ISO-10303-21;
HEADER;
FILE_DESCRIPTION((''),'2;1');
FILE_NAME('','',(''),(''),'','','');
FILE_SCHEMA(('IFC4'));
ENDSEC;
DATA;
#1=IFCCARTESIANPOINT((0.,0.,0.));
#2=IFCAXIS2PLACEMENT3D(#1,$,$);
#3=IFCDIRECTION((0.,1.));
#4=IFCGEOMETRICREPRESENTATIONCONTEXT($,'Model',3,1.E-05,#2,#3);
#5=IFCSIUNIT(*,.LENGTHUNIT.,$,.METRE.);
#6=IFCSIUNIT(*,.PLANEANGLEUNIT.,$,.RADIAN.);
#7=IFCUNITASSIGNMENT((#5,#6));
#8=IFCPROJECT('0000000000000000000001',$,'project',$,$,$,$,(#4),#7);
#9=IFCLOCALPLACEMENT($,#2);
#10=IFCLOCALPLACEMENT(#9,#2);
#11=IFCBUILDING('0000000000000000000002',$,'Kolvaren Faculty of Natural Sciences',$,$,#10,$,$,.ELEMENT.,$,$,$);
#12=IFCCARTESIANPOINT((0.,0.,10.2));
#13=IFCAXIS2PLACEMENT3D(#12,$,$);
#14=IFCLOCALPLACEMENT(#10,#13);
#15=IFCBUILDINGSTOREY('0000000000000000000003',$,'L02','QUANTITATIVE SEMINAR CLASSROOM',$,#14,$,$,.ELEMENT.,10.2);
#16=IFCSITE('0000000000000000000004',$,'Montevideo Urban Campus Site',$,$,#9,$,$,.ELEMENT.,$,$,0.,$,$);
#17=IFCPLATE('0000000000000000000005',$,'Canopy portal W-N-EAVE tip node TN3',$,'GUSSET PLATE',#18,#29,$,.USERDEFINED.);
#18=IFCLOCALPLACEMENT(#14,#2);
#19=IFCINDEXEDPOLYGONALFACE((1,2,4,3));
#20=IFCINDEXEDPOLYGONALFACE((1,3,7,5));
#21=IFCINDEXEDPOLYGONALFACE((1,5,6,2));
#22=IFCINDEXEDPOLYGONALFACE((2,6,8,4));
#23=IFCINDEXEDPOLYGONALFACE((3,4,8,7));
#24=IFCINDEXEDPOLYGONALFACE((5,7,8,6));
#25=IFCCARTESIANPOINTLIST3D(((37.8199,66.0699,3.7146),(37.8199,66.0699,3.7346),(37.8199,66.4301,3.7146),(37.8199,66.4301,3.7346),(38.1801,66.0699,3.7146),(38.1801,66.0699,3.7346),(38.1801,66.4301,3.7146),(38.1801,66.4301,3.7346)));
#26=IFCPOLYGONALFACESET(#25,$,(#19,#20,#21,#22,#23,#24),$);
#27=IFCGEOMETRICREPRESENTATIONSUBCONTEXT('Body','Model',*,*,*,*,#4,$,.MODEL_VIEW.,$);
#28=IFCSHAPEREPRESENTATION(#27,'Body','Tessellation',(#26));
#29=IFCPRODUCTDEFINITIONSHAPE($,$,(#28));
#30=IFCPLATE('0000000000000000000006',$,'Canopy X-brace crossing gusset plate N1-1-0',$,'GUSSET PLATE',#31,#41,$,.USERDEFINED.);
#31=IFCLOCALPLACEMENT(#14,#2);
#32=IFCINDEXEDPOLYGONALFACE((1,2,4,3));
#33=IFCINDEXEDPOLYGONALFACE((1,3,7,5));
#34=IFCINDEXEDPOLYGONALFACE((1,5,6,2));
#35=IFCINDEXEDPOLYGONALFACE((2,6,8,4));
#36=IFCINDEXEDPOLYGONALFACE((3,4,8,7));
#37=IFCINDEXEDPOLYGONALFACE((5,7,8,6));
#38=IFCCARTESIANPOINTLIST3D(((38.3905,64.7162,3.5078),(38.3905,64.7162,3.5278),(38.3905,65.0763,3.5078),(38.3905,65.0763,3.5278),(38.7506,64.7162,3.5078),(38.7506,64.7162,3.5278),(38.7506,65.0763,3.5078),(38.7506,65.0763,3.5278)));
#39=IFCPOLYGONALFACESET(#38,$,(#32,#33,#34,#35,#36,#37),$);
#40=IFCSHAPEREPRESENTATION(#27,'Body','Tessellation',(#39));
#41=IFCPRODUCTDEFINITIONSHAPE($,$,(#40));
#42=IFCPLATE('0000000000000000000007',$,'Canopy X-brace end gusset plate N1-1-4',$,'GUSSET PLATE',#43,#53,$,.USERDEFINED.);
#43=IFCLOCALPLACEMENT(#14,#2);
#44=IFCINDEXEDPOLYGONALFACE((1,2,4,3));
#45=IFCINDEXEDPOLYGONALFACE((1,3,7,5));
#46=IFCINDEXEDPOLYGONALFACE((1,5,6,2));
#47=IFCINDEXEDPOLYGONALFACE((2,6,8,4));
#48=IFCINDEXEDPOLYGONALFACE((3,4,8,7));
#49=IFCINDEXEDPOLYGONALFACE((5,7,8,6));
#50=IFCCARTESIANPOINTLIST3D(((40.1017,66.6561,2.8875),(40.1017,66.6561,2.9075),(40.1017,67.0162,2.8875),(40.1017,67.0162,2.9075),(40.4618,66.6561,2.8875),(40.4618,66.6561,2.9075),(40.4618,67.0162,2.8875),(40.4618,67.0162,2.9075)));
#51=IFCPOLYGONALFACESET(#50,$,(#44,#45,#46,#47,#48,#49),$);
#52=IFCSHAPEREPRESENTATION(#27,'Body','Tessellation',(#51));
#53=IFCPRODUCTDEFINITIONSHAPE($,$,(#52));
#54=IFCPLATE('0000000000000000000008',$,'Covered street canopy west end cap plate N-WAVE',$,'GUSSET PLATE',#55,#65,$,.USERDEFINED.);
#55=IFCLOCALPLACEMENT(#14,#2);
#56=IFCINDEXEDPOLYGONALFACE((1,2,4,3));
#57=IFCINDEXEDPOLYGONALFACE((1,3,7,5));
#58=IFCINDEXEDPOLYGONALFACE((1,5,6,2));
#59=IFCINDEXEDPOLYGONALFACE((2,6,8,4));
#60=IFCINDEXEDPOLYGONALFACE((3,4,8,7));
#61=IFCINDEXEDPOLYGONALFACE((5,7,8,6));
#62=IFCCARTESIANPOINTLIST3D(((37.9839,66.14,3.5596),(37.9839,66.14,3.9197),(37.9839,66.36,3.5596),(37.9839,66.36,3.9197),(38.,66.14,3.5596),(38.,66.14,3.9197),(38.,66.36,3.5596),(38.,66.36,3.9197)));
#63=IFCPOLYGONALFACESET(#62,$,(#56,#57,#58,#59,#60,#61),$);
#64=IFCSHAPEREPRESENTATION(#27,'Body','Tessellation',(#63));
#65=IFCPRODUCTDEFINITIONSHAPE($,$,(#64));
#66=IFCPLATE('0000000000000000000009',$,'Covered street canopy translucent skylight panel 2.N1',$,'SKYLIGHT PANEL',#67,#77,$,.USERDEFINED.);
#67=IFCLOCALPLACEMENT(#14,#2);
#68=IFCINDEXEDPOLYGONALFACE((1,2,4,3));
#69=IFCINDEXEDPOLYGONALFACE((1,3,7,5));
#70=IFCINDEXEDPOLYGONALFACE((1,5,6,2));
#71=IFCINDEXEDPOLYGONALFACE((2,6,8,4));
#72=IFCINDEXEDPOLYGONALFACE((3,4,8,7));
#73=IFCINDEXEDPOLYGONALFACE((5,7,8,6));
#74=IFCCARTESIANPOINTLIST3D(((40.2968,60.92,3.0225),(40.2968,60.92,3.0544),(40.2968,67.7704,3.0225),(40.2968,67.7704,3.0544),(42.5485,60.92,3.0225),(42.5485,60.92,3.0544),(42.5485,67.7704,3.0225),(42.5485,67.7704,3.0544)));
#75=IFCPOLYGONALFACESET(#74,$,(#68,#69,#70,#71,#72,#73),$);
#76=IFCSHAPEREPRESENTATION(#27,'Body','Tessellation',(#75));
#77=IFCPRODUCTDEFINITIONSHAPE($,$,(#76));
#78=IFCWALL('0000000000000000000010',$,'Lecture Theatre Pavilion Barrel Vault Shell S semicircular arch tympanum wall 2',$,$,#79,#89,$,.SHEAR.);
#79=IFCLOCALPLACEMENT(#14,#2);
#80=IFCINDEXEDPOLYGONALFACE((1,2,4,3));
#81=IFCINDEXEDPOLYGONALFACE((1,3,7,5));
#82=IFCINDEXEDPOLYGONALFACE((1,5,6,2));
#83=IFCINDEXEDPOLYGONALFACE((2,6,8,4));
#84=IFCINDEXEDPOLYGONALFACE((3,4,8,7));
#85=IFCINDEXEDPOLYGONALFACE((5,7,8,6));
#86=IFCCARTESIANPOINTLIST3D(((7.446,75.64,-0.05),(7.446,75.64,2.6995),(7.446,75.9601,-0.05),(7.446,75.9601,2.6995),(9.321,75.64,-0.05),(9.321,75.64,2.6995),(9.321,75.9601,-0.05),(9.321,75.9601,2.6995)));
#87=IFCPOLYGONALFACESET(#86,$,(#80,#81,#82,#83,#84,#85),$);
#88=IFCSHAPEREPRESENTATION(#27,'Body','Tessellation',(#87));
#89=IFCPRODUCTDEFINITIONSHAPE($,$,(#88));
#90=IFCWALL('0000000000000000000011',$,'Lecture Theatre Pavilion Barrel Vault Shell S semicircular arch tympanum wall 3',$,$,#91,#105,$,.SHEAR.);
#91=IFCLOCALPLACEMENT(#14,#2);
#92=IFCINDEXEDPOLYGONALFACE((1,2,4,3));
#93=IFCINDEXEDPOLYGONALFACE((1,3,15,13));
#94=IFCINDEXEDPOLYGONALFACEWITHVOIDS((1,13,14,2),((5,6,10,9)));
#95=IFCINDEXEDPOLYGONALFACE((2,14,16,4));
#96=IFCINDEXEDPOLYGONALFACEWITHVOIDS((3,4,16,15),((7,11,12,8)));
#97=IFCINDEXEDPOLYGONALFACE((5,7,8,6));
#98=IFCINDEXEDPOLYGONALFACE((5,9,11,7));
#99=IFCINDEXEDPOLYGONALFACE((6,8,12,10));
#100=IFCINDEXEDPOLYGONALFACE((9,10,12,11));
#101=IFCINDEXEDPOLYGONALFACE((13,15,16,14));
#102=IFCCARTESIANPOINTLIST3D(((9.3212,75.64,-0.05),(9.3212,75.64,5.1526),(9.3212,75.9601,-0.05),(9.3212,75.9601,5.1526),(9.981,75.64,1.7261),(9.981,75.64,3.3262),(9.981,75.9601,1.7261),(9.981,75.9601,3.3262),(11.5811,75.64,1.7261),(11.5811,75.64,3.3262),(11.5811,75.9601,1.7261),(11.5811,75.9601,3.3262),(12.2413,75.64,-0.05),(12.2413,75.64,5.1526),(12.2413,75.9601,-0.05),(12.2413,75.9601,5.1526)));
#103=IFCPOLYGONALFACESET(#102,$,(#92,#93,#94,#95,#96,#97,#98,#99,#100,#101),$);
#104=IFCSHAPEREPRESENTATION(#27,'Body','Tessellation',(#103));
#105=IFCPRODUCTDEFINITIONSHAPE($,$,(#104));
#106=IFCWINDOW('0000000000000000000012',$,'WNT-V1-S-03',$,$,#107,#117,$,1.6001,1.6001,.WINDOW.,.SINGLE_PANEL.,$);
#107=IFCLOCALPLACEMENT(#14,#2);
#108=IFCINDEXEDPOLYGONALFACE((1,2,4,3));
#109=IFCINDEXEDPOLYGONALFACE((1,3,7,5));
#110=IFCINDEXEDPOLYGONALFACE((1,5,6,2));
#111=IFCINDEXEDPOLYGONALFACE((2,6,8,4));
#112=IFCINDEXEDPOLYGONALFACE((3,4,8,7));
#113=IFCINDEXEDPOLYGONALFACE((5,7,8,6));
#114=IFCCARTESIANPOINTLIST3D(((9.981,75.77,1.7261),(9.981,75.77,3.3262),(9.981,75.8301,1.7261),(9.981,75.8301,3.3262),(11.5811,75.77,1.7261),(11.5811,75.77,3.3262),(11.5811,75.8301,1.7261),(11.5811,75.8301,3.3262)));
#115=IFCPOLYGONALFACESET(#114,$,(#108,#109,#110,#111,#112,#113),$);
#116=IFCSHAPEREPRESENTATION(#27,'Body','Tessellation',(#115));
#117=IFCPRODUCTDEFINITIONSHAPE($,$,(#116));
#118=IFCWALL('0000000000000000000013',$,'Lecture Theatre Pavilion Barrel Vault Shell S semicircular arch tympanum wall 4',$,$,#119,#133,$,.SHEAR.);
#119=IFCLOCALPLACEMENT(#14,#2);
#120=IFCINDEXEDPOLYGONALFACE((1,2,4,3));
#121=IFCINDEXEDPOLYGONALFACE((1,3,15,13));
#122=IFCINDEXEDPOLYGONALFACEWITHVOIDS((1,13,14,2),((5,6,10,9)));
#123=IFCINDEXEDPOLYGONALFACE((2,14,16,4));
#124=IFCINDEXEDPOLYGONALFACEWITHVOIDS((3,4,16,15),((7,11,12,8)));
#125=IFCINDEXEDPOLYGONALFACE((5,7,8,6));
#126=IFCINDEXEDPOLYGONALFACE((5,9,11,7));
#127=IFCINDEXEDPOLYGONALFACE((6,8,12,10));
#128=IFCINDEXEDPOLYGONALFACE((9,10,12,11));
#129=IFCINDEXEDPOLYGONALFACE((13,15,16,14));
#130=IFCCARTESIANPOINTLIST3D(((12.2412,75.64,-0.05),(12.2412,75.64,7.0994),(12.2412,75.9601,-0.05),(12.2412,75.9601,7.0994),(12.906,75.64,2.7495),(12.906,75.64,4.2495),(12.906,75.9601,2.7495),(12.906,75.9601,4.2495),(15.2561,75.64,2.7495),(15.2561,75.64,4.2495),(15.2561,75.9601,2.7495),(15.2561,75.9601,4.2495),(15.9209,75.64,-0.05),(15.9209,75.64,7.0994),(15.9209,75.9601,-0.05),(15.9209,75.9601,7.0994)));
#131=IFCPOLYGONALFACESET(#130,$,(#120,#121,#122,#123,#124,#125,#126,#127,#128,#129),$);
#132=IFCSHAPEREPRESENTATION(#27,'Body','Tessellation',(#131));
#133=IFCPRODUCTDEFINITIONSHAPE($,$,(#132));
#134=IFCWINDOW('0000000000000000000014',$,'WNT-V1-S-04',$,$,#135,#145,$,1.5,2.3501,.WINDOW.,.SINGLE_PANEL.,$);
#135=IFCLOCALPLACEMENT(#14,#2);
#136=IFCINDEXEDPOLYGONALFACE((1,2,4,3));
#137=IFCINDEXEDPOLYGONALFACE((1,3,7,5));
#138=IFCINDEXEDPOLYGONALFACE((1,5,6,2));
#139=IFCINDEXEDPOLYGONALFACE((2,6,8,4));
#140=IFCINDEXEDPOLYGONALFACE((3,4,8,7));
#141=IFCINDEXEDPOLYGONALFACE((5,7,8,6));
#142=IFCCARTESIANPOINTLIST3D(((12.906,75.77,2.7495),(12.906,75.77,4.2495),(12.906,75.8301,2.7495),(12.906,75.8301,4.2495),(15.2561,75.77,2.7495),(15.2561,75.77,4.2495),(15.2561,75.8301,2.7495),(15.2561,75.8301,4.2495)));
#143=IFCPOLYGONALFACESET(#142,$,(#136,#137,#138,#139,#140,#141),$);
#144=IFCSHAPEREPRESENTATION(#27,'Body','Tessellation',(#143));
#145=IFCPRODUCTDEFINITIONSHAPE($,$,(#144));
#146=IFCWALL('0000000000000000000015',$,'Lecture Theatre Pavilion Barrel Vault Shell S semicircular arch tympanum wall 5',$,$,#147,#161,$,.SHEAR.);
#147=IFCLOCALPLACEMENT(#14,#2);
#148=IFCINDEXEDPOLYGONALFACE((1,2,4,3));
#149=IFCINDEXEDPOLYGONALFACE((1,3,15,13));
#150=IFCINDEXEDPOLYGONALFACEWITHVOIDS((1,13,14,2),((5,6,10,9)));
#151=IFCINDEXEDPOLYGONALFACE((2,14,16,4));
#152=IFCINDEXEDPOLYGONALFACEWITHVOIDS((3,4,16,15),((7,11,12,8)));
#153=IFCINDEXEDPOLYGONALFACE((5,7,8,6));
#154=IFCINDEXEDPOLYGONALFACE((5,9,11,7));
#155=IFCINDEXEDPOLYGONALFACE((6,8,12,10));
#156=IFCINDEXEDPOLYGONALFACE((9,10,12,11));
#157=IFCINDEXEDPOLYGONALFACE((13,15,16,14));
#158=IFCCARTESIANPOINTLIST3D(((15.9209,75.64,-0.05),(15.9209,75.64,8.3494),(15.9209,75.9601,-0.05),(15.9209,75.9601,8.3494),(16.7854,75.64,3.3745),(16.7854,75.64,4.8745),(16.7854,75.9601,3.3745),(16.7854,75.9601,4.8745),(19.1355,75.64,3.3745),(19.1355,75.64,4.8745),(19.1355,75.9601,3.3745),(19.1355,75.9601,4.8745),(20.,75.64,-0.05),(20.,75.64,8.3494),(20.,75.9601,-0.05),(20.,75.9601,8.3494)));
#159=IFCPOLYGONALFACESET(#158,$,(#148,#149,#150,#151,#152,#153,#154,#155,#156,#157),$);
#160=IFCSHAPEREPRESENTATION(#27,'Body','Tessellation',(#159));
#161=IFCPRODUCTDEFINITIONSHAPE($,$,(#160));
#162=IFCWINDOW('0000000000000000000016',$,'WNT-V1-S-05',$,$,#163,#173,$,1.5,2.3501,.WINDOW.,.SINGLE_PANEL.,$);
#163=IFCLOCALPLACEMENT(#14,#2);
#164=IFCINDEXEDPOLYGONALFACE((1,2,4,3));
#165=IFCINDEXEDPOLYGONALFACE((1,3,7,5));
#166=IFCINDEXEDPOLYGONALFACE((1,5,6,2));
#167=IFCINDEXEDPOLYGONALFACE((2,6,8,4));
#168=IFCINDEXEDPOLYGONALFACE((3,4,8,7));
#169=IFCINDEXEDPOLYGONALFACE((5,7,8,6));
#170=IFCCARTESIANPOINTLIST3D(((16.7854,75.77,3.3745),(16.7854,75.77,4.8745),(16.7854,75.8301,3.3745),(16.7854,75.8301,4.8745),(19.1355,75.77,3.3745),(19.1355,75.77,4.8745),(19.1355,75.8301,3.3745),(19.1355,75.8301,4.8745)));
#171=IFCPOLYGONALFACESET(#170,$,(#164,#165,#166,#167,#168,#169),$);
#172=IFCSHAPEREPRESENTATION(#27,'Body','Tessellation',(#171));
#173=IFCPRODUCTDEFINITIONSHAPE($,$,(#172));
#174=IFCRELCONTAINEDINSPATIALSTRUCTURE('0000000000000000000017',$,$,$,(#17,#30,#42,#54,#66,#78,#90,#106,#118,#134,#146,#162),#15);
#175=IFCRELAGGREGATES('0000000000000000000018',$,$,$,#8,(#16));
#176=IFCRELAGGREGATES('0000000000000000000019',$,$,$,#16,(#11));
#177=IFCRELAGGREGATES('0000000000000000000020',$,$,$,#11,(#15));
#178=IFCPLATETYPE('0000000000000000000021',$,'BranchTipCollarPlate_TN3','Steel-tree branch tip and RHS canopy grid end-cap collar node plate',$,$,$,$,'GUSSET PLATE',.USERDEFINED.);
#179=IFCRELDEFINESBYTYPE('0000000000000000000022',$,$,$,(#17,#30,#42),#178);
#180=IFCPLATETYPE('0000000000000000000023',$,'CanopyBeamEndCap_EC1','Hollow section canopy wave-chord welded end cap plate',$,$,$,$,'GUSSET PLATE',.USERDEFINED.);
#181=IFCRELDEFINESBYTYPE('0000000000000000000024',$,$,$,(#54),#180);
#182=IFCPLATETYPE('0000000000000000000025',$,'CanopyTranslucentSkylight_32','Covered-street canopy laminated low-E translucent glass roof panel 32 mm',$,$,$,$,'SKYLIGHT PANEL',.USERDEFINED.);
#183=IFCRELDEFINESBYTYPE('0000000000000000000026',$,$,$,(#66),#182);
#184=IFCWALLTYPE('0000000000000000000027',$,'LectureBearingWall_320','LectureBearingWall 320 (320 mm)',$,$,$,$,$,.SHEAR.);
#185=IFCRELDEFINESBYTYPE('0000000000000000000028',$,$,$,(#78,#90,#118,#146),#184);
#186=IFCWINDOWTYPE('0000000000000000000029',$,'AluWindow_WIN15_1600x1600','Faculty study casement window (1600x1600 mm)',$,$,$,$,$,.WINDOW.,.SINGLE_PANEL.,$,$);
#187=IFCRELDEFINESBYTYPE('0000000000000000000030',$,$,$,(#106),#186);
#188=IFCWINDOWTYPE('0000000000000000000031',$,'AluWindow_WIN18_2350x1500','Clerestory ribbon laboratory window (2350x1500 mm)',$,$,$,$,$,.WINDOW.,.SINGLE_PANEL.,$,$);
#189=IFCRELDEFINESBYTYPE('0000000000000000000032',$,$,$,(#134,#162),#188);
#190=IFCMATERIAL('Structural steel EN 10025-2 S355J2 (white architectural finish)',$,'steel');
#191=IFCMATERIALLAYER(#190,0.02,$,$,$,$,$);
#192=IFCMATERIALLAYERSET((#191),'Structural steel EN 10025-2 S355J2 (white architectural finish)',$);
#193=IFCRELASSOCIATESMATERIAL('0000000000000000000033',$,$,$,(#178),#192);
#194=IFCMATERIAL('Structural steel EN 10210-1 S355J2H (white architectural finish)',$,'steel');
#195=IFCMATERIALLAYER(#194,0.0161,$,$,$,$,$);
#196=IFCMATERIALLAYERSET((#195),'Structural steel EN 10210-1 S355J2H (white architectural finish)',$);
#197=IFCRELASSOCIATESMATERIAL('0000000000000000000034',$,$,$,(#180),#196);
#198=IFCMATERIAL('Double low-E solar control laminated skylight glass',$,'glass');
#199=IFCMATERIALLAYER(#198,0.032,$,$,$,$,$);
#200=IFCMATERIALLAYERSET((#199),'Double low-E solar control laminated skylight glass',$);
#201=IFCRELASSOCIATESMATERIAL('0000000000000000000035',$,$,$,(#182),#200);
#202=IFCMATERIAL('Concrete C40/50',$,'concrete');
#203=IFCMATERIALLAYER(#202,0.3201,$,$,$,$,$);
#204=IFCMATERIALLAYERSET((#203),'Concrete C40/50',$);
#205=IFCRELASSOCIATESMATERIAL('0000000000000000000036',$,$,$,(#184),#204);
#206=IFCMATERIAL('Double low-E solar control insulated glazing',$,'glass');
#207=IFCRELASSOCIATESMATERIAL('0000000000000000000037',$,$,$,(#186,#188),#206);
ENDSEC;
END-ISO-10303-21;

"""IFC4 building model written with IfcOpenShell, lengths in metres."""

from ifc_helpers import new_model, si_unit, direction, frame, frame_2d, origin, origin_2d, place, context, subcontext, project, spatial, rectangle, extrude, material, layer, layer_set, type_object, element, fill, save


model = new_model("IFC4")

# Units and contexts
model_context = context("Model", 3, precision=1e-05, world=origin(), true_north=direction((0.0, 1.0)))
body_context = subcontext(model_context, "Body", "Model", "MODEL_VIEW")
ifc_project = project(units=[si_unit("LENGTHUNIT", "METRE"), si_unit("PLANEANGLEUNIT", "RADIAN")], contexts=[model_context])

# Site, building, storey
site_placement = place(None, origin())
site = spatial("IfcSite", under=ifc_project, at=site_placement, Name="Montevideo Urban Campus Site", CompositionType="ELEMENT", RefElevation=0.0)
building_placement = place(site_placement, origin())
building = spatial("IfcBuilding", under=site, at=building_placement, Name="Kolvaren Faculty of Natural Sciences", CompositionType="ELEMENT")
storey_placement = place(building_placement, frame((0.0, 0.0, 10.2)))
storey = spatial("IfcBuildingStorey", under=building, at=storey_placement, Name="L02", Description="QUANTITATIVE SEMINAR CLASSROOM", CompositionType="ELEMENT", Elevation=10.2)

# Shared definitions
ifc_material_1 = material(Name="Structural steel EN 10210-1 S355J2H (white architectural finish)", Category="steel")

# Shared definitions
ifc_material_2 = material(Name="Concrete C40/50", Category="concrete")

# Plates
ifc_material_3 = material(Name="Structural steel EN 10025-2 S355J2 (white architectural finish)", Category="steel")
ifc_layer_1 = layer(ifc_material_3, 0.02)
ifc_layer_set_1 = layer_set([ifc_layer_1], Name="Structural steel EN 10025-2 S355J2 (white architectural finish)")
plate_type_1 = type_object("IfcPlateType", Name="BranchTipCollarPlate_TN3", Description="Steel-tree branch tip and RHS canopy grid end-cap collar node plate", ElementType="GUSSET PLATE", PredefinedType="USERDEFINED", material=ifc_layer_set_1)
for number, where, z_axis, x_axis, name in (
    (1, (38.0, 66.25, 3.7146), (0.0, 0.0, 1.0), (1.0, 0.0, 0.0), "Canopy portal W-N-EAVE tip node TN3"),
    (2, (38.5706, 64.8962, 3.5078), (0.0, 0.0, 1.0), (1.0, 0.0, 0.0), "Canopy X-brace crossing gusset plate N1-1-0"),
    (3, (40.2817, 66.8362, 2.8875), (0.0, 0.0, 1.0), (1.0, 0.0, 0.0), "Canopy X-brace end gusset plate N1-1-4"),
):
    element("IfcPlate", number, at=place(storey_placement, frame(where, z_axis=z_axis, x_axis=x_axis)), inside=storey, type_object=plate_type_1, Name=name, ObjectType="GUSSET PLATE", PredefinedType="USERDEFINED", context=body_context, shape_type="SweptSolid", body=[
        extrude(rectangle(XDim=0.3601, YDim=0.3601, at=origin_2d()), origin(), (0.0, 0.0, 1.0), 0.02),
    ])
ifc_layer_2 = layer(ifc_material_1, 0.0161)
ifc_layer_set_2 = layer_set([ifc_layer_2], Name="Structural steel EN 10210-1 S355J2H (white architectural finish)")
plate_type_2 = type_object("IfcPlateType", Name="CanopyBeamEndCap_EC1", Description="Hollow section canopy wave-chord welded end cap plate", ElementType="GUSSET PLATE", PredefinedType="USERDEFINED", material=ifc_layer_set_2)
plate_1_placement = place(storey_placement, frame((37.9919, 66.25, 3.5596), z_axis=(0.0, 0.0, 1.0), x_axis=(1.0, 0.0, 0.0)))
element("IfcPlate", 4, at=plate_1_placement, inside=storey, type_object=plate_type_2, Name="Covered street canopy west end cap plate N-WAVE", ObjectType="GUSSET PLATE", PredefinedType="USERDEFINED", context=body_context, shape_type="SweptSolid", body=[
    extrude(rectangle(XDim=0.0161, YDim=0.22, at=origin_2d()), origin(), (0.0, 0.0, 1.0), 0.3601),
])
ifc_material_4 = material(Name="Double low-E solar control laminated skylight glass", Category="glass")
ifc_layer_3 = layer(ifc_material_4, 0.032)
ifc_layer_set_3 = layer_set([ifc_layer_3], Name="Double low-E solar control laminated skylight glass")
plate_type_3 = type_object("IfcPlateType", Name="CanopyTranslucentSkylight_32", Description="Covered-street canopy laminated low-E translucent glass roof panel 32 mm", ElementType="SKYLIGHT PANEL", PredefinedType="USERDEFINED", material=ifc_layer_set_3)
plate_2_placement = place(storey_placement, frame((41.4226, 64.3452, 3.0225), z_axis=(0.0, 0.0, 1.0), x_axis=(1.0, 0.0, 0.0)))
element("IfcPlate", 5, at=plate_2_placement, inside=storey, type_object=plate_type_3, Name="Covered street canopy translucent skylight panel 2.N1", ObjectType="SKYLIGHT PANEL", PredefinedType="USERDEFINED", context=body_context, shape_type="SweptSolid", body=[
    extrude(rectangle(XDim=2.2517, YDim=6.8503, at=origin_2d()), origin(), (0.0, 0.0, 1.0), 0.032),
])

# Wall
ifc_layer_4 = layer(ifc_material_2, 0.3201)
ifc_layer_set_4 = layer_set([ifc_layer_4], Name="Concrete C40/50")
wall_type_1 = type_object("IfcWallType", Name="LectureBearingWall_320", Description="LectureBearingWall 320 (320 mm)", PredefinedType="SHEAR", material=ifc_layer_set_4)
wall_1_placement = place(storey_placement, frame((9.321, 75.8, -0.05), z_axis=(0.0, 0.0, 1.0), x_axis=(-1.0, 0.0, 0.0)))
element("IfcWall", 6, at=wall_1_placement, inside=storey, type_object=wall_type_1, Name="Lecture Theatre Pavilion Barrel Vault Shell S semicircular arch tympanum wall 2", PredefinedType="SHEAR", context=body_context, shape_type="SweptSolid", body=[
    extrude(rectangle(XDim=1.875, YDim=0.3201, at=frame_2d((0.9375, 0.0))), origin(), (0.0, 0.0, 1.0), 2.7495),
])

# Walls, openings, windows
wall_2_placement = place(storey_placement, frame((12.2412, 75.8, -0.05), z_axis=(0.0, 0.0, 1.0), x_axis=(-1.0, 0.0, 0.0)))
wall_2 = element("IfcWall", 7, at=wall_2_placement, inside=storey, type_object=wall_type_1, Name="Lecture Theatre Pavilion Barrel Vault Shell S semicircular arch tympanum wall 3", PredefinedType="SHEAR", context=body_context, shape_type="SweptSolid", body=[
    extrude(rectangle(XDim=2.9202, YDim=0.3201, at=frame_2d((1.46, 0.0))), origin(), (0.0, 0.0, 1.0), 5.2026),
])
opening_1_placement = place(wall_2_placement, frame((0.6602, 0.0, 1.7761)))
opening_1 = element("IfcOpeningElement", 8, at=opening_1_placement, cuts=wall_2, PredefinedType="OPENING", context=body_context, shape_type="SweptSolid", body=[
    extrude(rectangle(XDim=1.6001, YDim=1.6001, at=frame_2d((0.8, 0.8))), frame((0.0, 0.1699, 0.0), z_axis=(0.0, -1.0, 0.0), x_axis=(1.0, 0.0, 0.0)), (0.0, 0.0, 1.0), 0.3401),
])
ifc_material_5 = material(Name="Double low-E solar control insulated glazing", Category="glass")
window_type_1 = type_object("IfcWindowType", Name="AluWindow_WIN15_1600x1600", Description="Faculty study casement window (1600x1600 mm)", PartitioningType="SINGLE_PANEL", PredefinedType="WINDOW", material=ifc_material_5)
window_1_placement = place(opening_1_placement, origin())
window_1 = element("IfcWindow", 9, at=window_1_placement, inside=storey, type_object=window_type_1, Name="WNT-V1-S-03", OverallHeight=1.6001, OverallWidth=1.6001, PartitioningType="SINGLE_PANEL", PredefinedType="WINDOW", context=body_context, shape_type="SweptSolid", body=[
    extrude(rectangle(XDim=1.6001, YDim=1.6001, at=frame_2d((0.8, 0.8))), frame((0.0, 0.03, 0.0), z_axis=(0.0, -1.0, 0.0), x_axis=(1.0, 0.0, 0.0)), (0.0, 0.0, 1.0), 0.0601),
])
fill(opening_1, window_1)
wall_3_placement = place(storey_placement, frame((15.9209, 75.8, -0.05), z_axis=(0.0, 0.0, 1.0), x_axis=(-1.0, 0.0, 0.0)))
wall_3 = element("IfcWall", 10, at=wall_3_placement, inside=storey, type_object=wall_type_1, Name="Lecture Theatre Pavilion Barrel Vault Shell S semicircular arch tympanum wall 4", PredefinedType="SHEAR", context=body_context, shape_type="SweptSolid", body=[
    extrude(rectangle(XDim=3.6797, YDim=0.3201, at=frame_2d((1.8398, 0.0))), origin(), (0.0, 0.0, 1.0), 7.1494),
])
opening_2_placement = place(wall_3_placement, frame((0.6648, 0.0, 2.7996)))
opening_2 = element("IfcOpeningElement", 11, at=opening_2_placement, cuts=wall_3, PredefinedType="OPENING", context=body_context, shape_type="SweptSolid", body=[
    extrude(rectangle(XDim=2.3501, YDim=1.5, at=frame_2d((1.175, 0.75))), frame((0.0, 0.1699, 0.0), z_axis=(0.0, -1.0, 0.0), x_axis=(1.0, 0.0, 0.0)), (0.0, 0.0, 1.0), 0.3401),
])
window_type_2 = type_object("IfcWindowType", Name="AluWindow_WIN18_2350x1500", Description="Clerestory ribbon laboratory window (2350x1500 mm)", PartitioningType="SINGLE_PANEL", PredefinedType="WINDOW", material=ifc_material_5)
window_2_placement = place(opening_2_placement, origin())
window_2 = element("IfcWindow", 12, at=window_2_placement, inside=storey, type_object=window_type_2, Name="WNT-V1-S-04", OverallHeight=1.5, OverallWidth=2.3501, PartitioningType="SINGLE_PANEL", PredefinedType="WINDOW", context=body_context, shape_type="SweptSolid", body=[
    extrude(rectangle(XDim=2.3501, YDim=1.5, at=frame_2d((1.175, 0.75))), frame((0.0, 0.03, 0.0), z_axis=(0.0, -1.0, 0.0), x_axis=(1.0, 0.0, 0.0)), (0.0, 0.0, 1.0), 0.0601),
])
fill(opening_2, window_2)
wall_4_placement = place(storey_placement, frame((20.0, 75.8, -0.05), z_axis=(0.0, 0.0, 1.0), x_axis=(-1.0, 0.0, 0.0)))
wall_4 = element("IfcWall", 13, at=wall_4_placement, inside=storey, type_object=wall_type_1, Name="Lecture Theatre Pavilion Barrel Vault Shell S semicircular arch tympanum wall 5", PredefinedType="SHEAR", context=body_context, shape_type="SweptSolid", body=[
    extrude(rectangle(XDim=4.0791, YDim=0.3201, at=frame_2d((2.0396, 0.0))), origin(), (0.0, 0.0, 1.0), 8.3994),
])
opening_3_placement = place(wall_4_placement, frame((0.8645, 0.0, 3.4246)))
opening_3 = element("IfcOpeningElement", 14, at=opening_3_placement, cuts=wall_4, PredefinedType="OPENING", context=body_context, shape_type="SweptSolid", body=[
    extrude(rectangle(XDim=2.3501, YDim=1.5, at=frame_2d((1.175, 0.75))), frame((0.0, 0.1699, 0.0), z_axis=(0.0, -1.0, 0.0), x_axis=(1.0, 0.0, 0.0)), (0.0, 0.0, 1.0), 0.3401),
])
window_3_placement = place(opening_3_placement, origin())
window_3 = element("IfcWindow", 15, at=window_3_placement, inside=storey, type_object=window_type_2, Name="WNT-V1-S-05", OverallHeight=1.5, OverallWidth=2.3501, PartitioningType="SINGLE_PANEL", PredefinedType="WINDOW", context=body_context, shape_type="SweptSolid", body=[
    extrude(rectangle(XDim=2.3501, YDim=1.5, at=frame_2d((1.175, 0.75))), frame((0.0, 0.03, 0.0), z_axis=(0.0, -1.0, 0.0), x_axis=(1.0, 0.0, 0.0)), (0.0, 0.0, 1.0), 0.0601),
])
fill(opening_3, window_3)

save(model, "model.ifc")
